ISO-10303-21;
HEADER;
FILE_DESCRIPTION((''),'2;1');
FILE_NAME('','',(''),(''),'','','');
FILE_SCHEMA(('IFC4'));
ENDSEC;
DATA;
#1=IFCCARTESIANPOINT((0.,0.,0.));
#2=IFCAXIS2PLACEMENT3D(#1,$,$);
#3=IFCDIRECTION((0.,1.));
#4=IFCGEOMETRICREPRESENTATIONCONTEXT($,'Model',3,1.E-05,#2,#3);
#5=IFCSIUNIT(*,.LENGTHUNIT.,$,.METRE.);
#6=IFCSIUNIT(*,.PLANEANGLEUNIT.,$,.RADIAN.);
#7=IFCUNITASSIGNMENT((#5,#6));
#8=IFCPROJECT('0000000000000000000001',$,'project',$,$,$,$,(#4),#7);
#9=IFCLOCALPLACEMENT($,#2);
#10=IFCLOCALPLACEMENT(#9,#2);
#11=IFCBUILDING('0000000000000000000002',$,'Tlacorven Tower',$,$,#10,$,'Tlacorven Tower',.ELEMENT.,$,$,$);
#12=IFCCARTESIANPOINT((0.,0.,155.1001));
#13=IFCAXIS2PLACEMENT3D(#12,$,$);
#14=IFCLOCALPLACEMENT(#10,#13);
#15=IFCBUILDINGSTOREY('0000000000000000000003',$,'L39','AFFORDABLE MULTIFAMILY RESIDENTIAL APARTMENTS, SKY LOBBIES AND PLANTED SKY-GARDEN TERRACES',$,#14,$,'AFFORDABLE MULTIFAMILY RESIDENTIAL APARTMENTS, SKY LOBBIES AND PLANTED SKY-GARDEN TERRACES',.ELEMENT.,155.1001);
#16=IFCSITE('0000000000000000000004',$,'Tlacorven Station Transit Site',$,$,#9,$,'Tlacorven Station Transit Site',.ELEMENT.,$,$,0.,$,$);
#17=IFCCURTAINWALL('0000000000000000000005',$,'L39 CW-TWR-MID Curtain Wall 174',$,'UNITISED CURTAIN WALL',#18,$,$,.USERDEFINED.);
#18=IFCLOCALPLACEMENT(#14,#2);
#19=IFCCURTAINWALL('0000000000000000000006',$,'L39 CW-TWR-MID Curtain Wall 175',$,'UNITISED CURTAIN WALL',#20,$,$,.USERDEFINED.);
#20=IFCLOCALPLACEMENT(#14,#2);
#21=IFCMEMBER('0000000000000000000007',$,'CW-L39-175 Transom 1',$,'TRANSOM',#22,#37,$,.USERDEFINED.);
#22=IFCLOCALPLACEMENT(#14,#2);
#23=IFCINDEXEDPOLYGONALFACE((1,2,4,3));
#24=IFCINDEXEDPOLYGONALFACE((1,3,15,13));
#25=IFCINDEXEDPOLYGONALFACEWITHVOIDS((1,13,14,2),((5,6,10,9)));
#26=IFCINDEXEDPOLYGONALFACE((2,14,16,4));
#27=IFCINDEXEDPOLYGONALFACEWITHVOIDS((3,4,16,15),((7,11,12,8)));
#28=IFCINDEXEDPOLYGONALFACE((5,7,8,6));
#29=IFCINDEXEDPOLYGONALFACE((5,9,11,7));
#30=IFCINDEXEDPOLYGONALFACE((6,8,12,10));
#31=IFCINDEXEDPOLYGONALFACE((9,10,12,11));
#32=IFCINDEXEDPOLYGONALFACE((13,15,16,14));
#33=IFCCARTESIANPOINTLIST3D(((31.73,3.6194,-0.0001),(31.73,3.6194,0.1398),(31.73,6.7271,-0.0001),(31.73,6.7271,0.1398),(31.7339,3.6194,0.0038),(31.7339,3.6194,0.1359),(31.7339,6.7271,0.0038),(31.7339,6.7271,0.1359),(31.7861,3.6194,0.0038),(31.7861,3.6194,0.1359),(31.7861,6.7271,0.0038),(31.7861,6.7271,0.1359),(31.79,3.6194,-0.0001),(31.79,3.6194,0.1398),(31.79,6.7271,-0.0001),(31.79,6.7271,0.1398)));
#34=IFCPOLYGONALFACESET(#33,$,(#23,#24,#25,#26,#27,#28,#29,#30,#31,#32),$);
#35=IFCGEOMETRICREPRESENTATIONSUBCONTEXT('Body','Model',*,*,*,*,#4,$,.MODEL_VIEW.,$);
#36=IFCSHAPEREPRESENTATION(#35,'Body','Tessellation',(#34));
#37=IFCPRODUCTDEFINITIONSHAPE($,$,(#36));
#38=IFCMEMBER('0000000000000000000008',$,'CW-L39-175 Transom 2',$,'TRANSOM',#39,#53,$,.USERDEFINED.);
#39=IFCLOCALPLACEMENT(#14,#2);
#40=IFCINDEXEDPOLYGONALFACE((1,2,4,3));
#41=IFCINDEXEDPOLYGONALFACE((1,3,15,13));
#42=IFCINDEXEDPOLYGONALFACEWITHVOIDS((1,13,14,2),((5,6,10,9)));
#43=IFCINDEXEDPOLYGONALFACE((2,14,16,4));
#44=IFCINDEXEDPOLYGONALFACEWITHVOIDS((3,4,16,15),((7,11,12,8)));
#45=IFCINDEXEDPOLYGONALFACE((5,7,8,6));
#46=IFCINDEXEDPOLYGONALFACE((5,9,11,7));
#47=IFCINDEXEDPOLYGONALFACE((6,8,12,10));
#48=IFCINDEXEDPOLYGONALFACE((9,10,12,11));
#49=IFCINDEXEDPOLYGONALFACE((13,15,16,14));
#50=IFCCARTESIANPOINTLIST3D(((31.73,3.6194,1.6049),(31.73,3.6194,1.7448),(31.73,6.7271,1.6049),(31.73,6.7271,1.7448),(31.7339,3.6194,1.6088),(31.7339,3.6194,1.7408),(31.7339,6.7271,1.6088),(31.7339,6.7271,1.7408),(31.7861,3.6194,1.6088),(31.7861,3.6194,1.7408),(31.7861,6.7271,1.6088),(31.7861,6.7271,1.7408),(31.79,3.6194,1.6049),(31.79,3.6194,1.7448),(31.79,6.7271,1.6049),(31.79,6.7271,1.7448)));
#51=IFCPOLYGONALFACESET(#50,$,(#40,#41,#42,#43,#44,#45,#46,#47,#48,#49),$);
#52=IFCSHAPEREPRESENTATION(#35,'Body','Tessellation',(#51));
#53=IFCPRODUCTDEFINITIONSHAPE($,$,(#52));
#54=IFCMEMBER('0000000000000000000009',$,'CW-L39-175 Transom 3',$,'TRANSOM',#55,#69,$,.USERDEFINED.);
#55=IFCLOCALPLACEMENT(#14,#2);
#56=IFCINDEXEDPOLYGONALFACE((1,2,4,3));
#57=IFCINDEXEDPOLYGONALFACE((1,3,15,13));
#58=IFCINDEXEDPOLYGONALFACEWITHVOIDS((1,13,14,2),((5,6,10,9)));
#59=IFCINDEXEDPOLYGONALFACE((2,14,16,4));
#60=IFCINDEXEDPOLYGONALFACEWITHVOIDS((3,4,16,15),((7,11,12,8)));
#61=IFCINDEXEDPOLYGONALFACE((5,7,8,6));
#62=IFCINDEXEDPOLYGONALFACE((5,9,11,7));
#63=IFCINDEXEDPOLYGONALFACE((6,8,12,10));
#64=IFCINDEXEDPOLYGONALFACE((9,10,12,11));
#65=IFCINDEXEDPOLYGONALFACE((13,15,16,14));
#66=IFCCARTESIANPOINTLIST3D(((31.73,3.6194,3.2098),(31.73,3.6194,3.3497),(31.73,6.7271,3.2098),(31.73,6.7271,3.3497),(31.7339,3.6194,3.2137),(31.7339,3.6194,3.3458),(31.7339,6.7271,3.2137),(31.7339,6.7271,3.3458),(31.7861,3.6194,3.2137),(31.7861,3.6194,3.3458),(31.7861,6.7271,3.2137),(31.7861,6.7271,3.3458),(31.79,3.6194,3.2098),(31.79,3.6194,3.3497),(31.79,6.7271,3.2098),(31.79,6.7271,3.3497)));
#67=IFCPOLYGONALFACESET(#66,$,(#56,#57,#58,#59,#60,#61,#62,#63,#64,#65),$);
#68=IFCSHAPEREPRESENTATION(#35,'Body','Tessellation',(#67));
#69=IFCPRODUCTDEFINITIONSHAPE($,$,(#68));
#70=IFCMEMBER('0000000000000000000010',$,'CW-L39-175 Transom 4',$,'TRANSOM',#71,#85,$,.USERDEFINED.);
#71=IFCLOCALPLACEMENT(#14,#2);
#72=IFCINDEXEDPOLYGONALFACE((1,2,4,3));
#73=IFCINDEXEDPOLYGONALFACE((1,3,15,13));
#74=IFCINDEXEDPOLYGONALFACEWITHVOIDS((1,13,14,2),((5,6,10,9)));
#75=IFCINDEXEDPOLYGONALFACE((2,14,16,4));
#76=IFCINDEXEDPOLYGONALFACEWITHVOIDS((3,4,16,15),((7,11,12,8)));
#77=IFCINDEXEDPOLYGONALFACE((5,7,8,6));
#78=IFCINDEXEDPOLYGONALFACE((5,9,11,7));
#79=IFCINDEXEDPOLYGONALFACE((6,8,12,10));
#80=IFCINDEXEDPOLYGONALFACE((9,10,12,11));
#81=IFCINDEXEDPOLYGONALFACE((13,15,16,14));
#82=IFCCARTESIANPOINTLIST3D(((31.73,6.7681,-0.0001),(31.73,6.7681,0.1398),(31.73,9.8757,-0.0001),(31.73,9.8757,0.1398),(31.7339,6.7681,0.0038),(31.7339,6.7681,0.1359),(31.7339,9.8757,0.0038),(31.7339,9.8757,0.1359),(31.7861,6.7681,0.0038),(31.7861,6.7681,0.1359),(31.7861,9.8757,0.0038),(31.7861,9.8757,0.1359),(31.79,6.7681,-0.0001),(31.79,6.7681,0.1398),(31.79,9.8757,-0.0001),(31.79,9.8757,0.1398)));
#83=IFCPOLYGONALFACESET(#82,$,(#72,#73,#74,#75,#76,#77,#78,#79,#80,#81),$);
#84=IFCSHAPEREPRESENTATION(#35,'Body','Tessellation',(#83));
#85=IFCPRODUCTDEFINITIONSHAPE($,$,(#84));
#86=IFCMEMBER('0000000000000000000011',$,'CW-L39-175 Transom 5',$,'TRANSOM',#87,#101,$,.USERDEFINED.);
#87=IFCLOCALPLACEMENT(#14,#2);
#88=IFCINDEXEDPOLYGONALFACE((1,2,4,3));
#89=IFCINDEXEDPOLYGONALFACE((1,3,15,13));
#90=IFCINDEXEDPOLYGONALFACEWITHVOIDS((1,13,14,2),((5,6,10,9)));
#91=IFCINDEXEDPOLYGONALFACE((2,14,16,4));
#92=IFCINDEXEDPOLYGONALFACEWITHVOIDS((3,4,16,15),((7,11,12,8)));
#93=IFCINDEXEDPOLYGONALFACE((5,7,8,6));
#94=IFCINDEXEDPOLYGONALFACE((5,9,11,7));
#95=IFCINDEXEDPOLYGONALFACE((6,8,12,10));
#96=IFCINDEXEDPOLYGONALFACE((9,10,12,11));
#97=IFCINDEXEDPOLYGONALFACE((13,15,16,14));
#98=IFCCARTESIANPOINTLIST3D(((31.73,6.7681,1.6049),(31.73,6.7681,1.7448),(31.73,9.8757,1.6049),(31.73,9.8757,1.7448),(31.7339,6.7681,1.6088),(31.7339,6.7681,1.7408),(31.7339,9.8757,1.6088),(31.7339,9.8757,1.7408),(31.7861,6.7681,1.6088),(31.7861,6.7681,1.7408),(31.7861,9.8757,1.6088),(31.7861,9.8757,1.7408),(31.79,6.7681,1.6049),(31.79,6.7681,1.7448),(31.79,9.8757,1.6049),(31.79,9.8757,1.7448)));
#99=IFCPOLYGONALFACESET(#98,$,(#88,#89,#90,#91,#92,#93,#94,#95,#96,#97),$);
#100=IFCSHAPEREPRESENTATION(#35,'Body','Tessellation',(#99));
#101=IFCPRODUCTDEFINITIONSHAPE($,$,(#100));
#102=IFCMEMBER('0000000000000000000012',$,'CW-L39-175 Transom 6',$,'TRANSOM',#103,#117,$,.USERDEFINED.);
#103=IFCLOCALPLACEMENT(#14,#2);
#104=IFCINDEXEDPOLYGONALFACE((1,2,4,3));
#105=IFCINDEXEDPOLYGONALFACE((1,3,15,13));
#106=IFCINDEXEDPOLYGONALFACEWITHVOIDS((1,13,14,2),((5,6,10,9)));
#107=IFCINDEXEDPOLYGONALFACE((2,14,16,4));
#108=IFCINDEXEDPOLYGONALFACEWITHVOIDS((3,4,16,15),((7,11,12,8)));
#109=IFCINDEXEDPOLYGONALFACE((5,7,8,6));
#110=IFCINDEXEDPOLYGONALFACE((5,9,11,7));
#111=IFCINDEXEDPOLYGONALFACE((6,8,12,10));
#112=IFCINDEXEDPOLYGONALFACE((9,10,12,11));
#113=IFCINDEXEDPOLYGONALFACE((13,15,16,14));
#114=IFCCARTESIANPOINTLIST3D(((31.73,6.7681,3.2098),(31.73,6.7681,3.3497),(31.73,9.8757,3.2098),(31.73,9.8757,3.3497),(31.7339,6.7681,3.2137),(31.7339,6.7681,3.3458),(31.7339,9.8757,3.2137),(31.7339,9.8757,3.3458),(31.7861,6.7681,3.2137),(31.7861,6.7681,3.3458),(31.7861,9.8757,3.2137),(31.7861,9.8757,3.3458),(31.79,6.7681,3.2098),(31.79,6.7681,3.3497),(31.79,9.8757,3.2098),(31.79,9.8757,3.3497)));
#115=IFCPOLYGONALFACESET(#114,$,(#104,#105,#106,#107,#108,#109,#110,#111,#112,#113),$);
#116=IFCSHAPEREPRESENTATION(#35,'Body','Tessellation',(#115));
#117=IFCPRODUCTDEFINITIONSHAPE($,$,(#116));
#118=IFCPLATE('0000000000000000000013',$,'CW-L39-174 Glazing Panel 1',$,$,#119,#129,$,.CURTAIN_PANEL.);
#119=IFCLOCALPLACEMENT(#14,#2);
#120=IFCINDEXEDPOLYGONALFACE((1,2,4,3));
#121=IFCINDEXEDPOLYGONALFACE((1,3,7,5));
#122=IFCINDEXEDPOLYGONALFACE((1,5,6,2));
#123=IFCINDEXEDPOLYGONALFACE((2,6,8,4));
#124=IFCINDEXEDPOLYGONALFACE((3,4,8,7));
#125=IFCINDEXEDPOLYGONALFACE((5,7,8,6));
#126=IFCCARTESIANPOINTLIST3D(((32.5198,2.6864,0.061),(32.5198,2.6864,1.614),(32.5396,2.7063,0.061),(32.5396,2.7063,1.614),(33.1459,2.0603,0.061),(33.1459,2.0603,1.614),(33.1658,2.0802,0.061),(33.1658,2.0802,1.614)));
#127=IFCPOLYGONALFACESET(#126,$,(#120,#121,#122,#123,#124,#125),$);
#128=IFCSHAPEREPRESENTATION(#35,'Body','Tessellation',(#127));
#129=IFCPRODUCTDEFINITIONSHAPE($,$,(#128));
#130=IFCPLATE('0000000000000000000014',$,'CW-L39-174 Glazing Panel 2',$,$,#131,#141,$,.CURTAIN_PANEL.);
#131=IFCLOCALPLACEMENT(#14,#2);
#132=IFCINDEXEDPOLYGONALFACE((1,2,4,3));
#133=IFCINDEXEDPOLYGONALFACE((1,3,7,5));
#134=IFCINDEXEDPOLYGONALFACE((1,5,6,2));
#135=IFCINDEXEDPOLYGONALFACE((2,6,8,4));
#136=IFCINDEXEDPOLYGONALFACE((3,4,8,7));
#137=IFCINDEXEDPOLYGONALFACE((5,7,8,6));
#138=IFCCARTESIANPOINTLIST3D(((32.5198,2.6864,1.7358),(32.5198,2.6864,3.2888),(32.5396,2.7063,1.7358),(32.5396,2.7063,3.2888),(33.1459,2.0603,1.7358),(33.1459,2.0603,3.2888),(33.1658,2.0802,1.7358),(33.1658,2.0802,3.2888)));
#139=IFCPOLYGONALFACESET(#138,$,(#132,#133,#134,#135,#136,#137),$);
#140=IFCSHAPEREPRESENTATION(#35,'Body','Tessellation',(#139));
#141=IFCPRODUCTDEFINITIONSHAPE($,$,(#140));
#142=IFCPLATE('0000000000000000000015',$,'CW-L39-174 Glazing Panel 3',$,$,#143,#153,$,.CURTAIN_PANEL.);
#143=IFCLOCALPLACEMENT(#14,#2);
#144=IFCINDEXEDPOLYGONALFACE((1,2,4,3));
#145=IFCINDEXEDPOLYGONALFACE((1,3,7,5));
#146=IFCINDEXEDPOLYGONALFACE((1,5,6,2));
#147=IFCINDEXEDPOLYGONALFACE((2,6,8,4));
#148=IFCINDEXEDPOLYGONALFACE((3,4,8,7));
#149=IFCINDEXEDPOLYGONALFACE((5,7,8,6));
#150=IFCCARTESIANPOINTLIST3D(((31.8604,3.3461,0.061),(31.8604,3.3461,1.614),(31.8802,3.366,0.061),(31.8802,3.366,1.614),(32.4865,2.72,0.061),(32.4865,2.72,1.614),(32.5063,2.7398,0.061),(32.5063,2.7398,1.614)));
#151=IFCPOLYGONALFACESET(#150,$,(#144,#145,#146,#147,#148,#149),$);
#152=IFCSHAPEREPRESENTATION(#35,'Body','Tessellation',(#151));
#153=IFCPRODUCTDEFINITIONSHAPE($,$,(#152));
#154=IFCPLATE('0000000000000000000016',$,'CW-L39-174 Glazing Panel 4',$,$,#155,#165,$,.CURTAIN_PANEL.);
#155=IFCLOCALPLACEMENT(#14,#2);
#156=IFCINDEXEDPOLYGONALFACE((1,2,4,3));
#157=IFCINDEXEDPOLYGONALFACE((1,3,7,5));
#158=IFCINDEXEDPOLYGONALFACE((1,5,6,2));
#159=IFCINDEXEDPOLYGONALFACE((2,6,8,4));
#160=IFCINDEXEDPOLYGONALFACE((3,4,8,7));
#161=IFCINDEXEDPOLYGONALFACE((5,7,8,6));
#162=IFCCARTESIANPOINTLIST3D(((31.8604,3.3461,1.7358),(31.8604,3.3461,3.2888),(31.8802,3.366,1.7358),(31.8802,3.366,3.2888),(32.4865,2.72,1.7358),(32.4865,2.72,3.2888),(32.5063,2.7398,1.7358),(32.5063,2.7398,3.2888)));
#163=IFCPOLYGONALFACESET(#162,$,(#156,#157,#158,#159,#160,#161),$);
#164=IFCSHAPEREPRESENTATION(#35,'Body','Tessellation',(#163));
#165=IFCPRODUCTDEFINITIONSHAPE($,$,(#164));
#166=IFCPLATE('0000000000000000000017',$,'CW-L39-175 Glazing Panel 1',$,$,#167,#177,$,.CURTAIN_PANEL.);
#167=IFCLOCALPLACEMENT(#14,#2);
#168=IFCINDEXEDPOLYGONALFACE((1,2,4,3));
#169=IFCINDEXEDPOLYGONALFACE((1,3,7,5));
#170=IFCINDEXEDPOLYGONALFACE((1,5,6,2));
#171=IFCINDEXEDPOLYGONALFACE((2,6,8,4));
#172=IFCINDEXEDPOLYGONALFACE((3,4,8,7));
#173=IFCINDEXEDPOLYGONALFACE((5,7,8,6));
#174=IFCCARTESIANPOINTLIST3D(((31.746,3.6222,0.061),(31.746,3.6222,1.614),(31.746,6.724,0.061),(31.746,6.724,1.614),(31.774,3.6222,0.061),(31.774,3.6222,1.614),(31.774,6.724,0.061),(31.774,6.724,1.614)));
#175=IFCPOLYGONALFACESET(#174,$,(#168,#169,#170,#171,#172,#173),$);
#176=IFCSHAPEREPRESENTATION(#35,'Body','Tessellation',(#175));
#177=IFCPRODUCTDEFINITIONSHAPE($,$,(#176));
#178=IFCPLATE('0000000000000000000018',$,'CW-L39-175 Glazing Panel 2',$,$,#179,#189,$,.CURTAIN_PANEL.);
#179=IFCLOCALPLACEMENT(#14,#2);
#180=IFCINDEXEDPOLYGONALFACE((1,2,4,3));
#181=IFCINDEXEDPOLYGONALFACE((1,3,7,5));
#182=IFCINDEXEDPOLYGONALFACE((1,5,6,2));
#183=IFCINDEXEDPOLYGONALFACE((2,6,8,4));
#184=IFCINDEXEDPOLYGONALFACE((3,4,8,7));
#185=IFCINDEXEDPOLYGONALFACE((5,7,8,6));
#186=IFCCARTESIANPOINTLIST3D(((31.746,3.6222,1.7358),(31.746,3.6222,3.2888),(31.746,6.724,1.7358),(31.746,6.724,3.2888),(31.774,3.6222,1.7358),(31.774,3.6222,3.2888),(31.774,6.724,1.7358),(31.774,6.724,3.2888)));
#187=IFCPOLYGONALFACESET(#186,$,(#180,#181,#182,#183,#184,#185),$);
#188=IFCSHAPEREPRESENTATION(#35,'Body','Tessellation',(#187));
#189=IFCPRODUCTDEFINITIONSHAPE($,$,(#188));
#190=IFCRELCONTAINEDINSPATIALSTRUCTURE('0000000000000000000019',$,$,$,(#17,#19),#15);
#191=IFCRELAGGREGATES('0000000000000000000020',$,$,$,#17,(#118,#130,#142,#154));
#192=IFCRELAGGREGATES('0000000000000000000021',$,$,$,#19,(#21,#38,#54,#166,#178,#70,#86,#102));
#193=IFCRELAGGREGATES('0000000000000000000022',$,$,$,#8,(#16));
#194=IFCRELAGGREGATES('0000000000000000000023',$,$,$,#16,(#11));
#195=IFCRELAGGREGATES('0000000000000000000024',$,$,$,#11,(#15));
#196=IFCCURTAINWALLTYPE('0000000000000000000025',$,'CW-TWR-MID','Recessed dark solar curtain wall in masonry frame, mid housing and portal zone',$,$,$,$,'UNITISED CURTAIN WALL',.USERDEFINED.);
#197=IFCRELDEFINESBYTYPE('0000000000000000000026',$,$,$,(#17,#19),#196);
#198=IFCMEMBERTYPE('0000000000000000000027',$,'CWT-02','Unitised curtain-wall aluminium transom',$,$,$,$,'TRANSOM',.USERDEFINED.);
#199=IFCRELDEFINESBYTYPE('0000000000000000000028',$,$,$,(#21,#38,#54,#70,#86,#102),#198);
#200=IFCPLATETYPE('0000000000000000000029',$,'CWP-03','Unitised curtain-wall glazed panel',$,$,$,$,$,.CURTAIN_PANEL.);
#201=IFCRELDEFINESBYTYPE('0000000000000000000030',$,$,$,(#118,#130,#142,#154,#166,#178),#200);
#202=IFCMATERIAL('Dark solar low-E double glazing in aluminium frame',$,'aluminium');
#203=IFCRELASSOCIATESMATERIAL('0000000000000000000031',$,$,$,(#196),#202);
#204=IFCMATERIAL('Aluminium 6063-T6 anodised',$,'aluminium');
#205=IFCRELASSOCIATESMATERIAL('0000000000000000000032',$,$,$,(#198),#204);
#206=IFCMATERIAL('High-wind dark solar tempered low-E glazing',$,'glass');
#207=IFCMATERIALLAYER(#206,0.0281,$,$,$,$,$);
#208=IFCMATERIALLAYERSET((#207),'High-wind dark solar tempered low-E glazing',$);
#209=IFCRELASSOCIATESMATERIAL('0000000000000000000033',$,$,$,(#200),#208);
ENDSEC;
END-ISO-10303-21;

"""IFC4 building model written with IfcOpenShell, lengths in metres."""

from ifc_helpers import new_model, si_unit, direction, frame, origin, origin_2d, place, context, subcontext, project, spatial, rectangle, hollow_rectangle, extrude, source, transform, mapped, material, layer, layer_set, material_profile, profile_set, type_object, element, aggregate, save


model = new_model("IFC4")

# Units and contexts
model_context = context("Model", 3, precision=1e-05, world=origin(), true_north=direction((0.0, 1.0)))
body_context = subcontext(model_context, "Body", "Model", "MODEL_VIEW")
ifc_project = project(units=[si_unit("LENGTHUNIT", "METRE"), si_unit("PLANEANGLEUNIT", "RADIAN")], contexts=[model_context])

# Site, building, storey
site_placement = place(None, origin())
site = spatial("IfcSite", under=ifc_project, at=site_placement, Name="Tlacorven Station Transit Site", LongName="Tlacorven Station Transit Site", CompositionType="ELEMENT", RefElevation=0.0)
building_placement = place(site_placement, origin())
building = spatial("IfcBuilding", under=site, at=building_placement, Name="Tlacorven Tower", LongName="Tlacorven Tower", CompositionType="ELEMENT")
storey_placement = place(building_placement, frame((0.0, 0.0, 155.1001)))
storey = spatial("IfcBuildingStorey", under=building, at=storey_placement, Name="L39", Description="AFFORDABLE MULTIFAMILY RESIDENTIAL APARTMENTS, SKY LOBBIES AND PLANTED SKY-GARDEN TERRACES", LongName="AFFORDABLE MULTIFAMILY RESIDENTIAL APARTMENTS, SKY LOBBIES AND PLANTED SKY-GARDEN TERRACES", CompositionType="ELEMENT", Elevation=155.1001)

# Curtain walls
ifc_material_1 = material(Name="Dark solar low-E double glazing in aluminium frame", Category="aluminium")
curtain_wall_type = type_object("IfcCurtainWallType", Name="CW-TWR-MID", Description="Recessed dark solar curtain wall in masonry frame, mid housing and portal zone", ElementType="UNITISED CURTAIN WALL", PredefinedType="USERDEFINED", material=ifc_material_1)
curtain_wall_1_placement = place(storey_placement, origin())
curtain_wall_1 = element("IfcCurtainWall", 1, at=curtain_wall_1_placement, inside=storey, type_object=curtain_wall_type, Name="L39 CW-TWR-MID Curtain Wall 174", ObjectType="UNITISED CURTAIN WALL", PredefinedType="USERDEFINED")
ifc_material_2 = material(Name="Aluminium 6063-T6 anodised", Category="aluminium")
curtain_wall_2_placement = place(storey_placement, origin())
curtain_wall_2 = element("IfcCurtainWall", 2, at=curtain_wall_2_placement, inside=storey, type_object=curtain_wall_type, Name="L39 CW-TWR-MID Curtain Wall 175", ObjectType="UNITISED CURTAIN WALL", PredefinedType="USERDEFINED")

# Members
ifc_material_profile_1 = material_profile(ifc_material_2, hollow_rectangle(XDim=0.0601, YDim=0.1399, WallThickness=0.0039, at=origin_2d()), Name="ALU TRANSOM 60X140")
ifc_profile_set_1 = profile_set([ifc_material_profile_1], Name="Aluminium 6063-T6 anodised")
member_type_1 = type_object("IfcMemberType", Name="CWT-02", Description="Unitised curtain-wall aluminium transom", ElementType="TRANSOM", PredefinedType="USERDEFINED", material=ifc_profile_set_1)
shared_shape_1 = source(origin(), body_context, "Body", "SweptSolid", [
    extrude(hollow_rectangle(XDim=0.0601, YDim=0.1399, WallThickness=0.0039, at=origin_2d()), origin(), (0.0, 0.0, 1.0), 3.1077),
])
member_1_placement = place(storey_placement, frame((31.76, 3.6194, 0.0698), z_axis=(0.0, 1.0, 0.0), x_axis=(-1.0, 0.0, 0.0)))
member_1 = element("IfcMember", 3, at=member_1_placement, type_object=member_type_1, Name="CW-L39-175 Transom 1", ObjectType="TRANSOM", PredefinedType="USERDEFINED", context=body_context, shape_type="MappedRepresentation", body=[
    mapped(shared_shape_1, transform((0.0, 0.0, 0.0), scale=1.0)),
])
member_2_placement = place(storey_placement, frame((31.76, 3.6194, 1.6748), z_axis=(0.0, 1.0, 0.0), x_axis=(-1.0, 0.0, 0.0)))
member_2 = element("IfcMember", 4, at=member_2_placement, type_object=member_type_1, Name="CW-L39-175 Transom 2", ObjectType="TRANSOM", PredefinedType="USERDEFINED", context=body_context, shape_type="MappedRepresentation", body=[
    mapped(shared_shape_1, transform((0.0, 0.0, 0.0), scale=1.0)),
])
member_3_placement = place(storey_placement, frame((31.76, 3.6194, 3.2798), z_axis=(0.0, 1.0, 0.0), x_axis=(-1.0, 0.0, 0.0)))
member_3 = element("IfcMember", 5, at=member_3_placement, type_object=member_type_1, Name="CW-L39-175 Transom 3", ObjectType="TRANSOM", PredefinedType="USERDEFINED", context=body_context, shape_type="MappedRepresentation", body=[
    mapped(shared_shape_1, transform((0.0, 0.0, 0.0), scale=1.0)),
])
member_4_placement = place(storey_placement, frame((31.76, 6.7681, 0.0698), z_axis=(0.0, 1.0, 0.0), x_axis=(-1.0, 0.0, 0.0)))
member_4 = element("IfcMember", 6, at=member_4_placement, type_object=member_type_1, Name="CW-L39-175 Transom 4", ObjectType="TRANSOM", PredefinedType="USERDEFINED", context=body_context, shape_type="MappedRepresentation", body=[
    mapped(shared_shape_1, transform((0.0, 0.0, 0.0), scale=1.0)),
])
member_5_placement = place(storey_placement, frame((31.76, 6.7681, 1.6748), z_axis=(0.0, 1.0, 0.0), x_axis=(-1.0, 0.0, 0.0)))
member_5 = element("IfcMember", 7, at=member_5_placement, type_object=member_type_1, Name="CW-L39-175 Transom 5", ObjectType="TRANSOM", PredefinedType="USERDEFINED", context=body_context, shape_type="MappedRepresentation", body=[
    mapped(shared_shape_1, transform((0.0, 0.0, 0.0), scale=1.0)),
])
member_6_placement = place(storey_placement, frame((31.76, 6.7681, 3.2798), z_axis=(0.0, 1.0, 0.0), x_axis=(-1.0, 0.0, 0.0)))
member_6 = element("IfcMember", 8, at=member_6_placement, type_object=member_type_1, Name="CW-L39-175 Transom 6", ObjectType="TRANSOM", PredefinedType="USERDEFINED", context=body_context, shape_type="MappedRepresentation", body=[
    mapped(shared_shape_1, transform((0.0, 0.0, 0.0), scale=1.0)),
])

# Plates
ifc_material_3 = material(Name="High-wind dark solar tempered low-E glazing", Category="glass")
ifc_layer = layer(ifc_material_3, 0.0281)
ifc_layer_set = layer_set([ifc_layer], Name="High-wind dark solar tempered low-E glazing")
plate_type = type_object("IfcPlateType", Name="CWP-03", Description="Unitised curtain-wall glazed panel", PredefinedType="CURTAIN_PANEL", material=ifc_layer_set)
shared_shape_2 = source(origin(), body_context, "Body", "SweptSolid", [
    extrude(rectangle(XDim=0.8855, YDim=0.0281, at=origin_2d()), origin(), (0.0, 0.0, 1.0), 1.553),
])
plate_1_placement = place(storey_placement, frame((32.8428, 2.3833, 0.061), z_axis=(0.0, 0.0, 1.0), x_axis=(-0.707107, 0.707107, 0.0)))
plate_1 = element("IfcPlate", 9, at=plate_1_placement, type_object=plate_type, Name="CW-L39-174 Glazing Panel 1", PredefinedType="CURTAIN_PANEL", context=body_context, shape_type="MappedRepresentation", body=[
    mapped(shared_shape_2, transform((0.0, 0.0, 0.0), scale=1.0)),
])
plate_2_placement = place(storey_placement, frame((32.8428, 2.3833, 1.7358), z_axis=(0.0, 0.0, 1.0), x_axis=(-0.707107, 0.707107, 0.0)))
plate_2 = element("IfcPlate", 10, at=plate_2_placement, type_object=plate_type, Name="CW-L39-174 Glazing Panel 2", PredefinedType="CURTAIN_PANEL", context=body_context, shape_type="MappedRepresentation", body=[
    mapped(shared_shape_2, transform((0.0, 0.0, 0.0), scale=1.0)),
])
plate_3_placement = place(storey_placement, frame((32.1833, 3.043, 0.061), z_axis=(0.0, 0.0, 1.0), x_axis=(-0.707107, 0.707107, 0.0)))
plate_3 = element("IfcPlate", 11, at=plate_3_placement, type_object=plate_type, Name="CW-L39-174 Glazing Panel 3", PredefinedType="CURTAIN_PANEL", context=body_context, shape_type="MappedRepresentation", body=[
    mapped(shared_shape_2, transform((0.0, 0.0, 0.0), scale=1.0)),
])
plate_4_placement = place(storey_placement, frame((32.1833, 3.043, 1.7358), z_axis=(0.0, 0.0, 1.0), x_axis=(-0.707107, 0.707107, 0.0)))
plate_4 = element("IfcPlate", 12, at=plate_4_placement, type_object=plate_type, Name="CW-L39-174 Glazing Panel 4", PredefinedType="CURTAIN_PANEL", context=body_context, shape_type="MappedRepresentation", body=[
    mapped(shared_shape_2, transform((0.0, 0.0, 0.0), scale=1.0)),
])
aggregate(curtain_wall_1, [plate_1, plate_2, plate_3, plate_4])
shared_shape_3 = source(origin(), body_context, "Body", "SweptSolid", [
    extrude(rectangle(XDim=3.1018, YDim=0.0281, at=origin_2d()), origin(), (0.0, 0.0, 1.0), 1.553),
])
plate_5_placement = place(storey_placement, frame((31.76, 5.1731, 0.061), z_axis=(0.0, 0.0, 1.0), x_axis=(0.0, 1.0, 0.0)))
plate_5 = element("IfcPlate", 13, at=plate_5_placement, type_object=plate_type, Name="CW-L39-175 Glazing Panel 1", PredefinedType="CURTAIN_PANEL", context=body_context, shape_type="MappedRepresentation", body=[
    mapped(shared_shape_3, transform((0.0, 0.0, 0.0), scale=1.0)),
])
plate_6_placement = place(storey_placement, frame((31.76, 5.1731, 1.7358), z_axis=(0.0, 0.0, 1.0), x_axis=(0.0, 1.0, 0.0)))
plate_6 = element("IfcPlate", 14, at=plate_6_placement, type_object=plate_type, Name="CW-L39-175 Glazing Panel 2", PredefinedType="CURTAIN_PANEL", context=body_context, shape_type="MappedRepresentation", body=[
    mapped(shared_shape_3, transform((0.0, 0.0, 0.0), scale=1.0)),
])
aggregate(curtain_wall_2, [member_1, member_2, member_3, plate_5, plate_6, member_4, member_5, member_6])

save(model, "model.ifc")
